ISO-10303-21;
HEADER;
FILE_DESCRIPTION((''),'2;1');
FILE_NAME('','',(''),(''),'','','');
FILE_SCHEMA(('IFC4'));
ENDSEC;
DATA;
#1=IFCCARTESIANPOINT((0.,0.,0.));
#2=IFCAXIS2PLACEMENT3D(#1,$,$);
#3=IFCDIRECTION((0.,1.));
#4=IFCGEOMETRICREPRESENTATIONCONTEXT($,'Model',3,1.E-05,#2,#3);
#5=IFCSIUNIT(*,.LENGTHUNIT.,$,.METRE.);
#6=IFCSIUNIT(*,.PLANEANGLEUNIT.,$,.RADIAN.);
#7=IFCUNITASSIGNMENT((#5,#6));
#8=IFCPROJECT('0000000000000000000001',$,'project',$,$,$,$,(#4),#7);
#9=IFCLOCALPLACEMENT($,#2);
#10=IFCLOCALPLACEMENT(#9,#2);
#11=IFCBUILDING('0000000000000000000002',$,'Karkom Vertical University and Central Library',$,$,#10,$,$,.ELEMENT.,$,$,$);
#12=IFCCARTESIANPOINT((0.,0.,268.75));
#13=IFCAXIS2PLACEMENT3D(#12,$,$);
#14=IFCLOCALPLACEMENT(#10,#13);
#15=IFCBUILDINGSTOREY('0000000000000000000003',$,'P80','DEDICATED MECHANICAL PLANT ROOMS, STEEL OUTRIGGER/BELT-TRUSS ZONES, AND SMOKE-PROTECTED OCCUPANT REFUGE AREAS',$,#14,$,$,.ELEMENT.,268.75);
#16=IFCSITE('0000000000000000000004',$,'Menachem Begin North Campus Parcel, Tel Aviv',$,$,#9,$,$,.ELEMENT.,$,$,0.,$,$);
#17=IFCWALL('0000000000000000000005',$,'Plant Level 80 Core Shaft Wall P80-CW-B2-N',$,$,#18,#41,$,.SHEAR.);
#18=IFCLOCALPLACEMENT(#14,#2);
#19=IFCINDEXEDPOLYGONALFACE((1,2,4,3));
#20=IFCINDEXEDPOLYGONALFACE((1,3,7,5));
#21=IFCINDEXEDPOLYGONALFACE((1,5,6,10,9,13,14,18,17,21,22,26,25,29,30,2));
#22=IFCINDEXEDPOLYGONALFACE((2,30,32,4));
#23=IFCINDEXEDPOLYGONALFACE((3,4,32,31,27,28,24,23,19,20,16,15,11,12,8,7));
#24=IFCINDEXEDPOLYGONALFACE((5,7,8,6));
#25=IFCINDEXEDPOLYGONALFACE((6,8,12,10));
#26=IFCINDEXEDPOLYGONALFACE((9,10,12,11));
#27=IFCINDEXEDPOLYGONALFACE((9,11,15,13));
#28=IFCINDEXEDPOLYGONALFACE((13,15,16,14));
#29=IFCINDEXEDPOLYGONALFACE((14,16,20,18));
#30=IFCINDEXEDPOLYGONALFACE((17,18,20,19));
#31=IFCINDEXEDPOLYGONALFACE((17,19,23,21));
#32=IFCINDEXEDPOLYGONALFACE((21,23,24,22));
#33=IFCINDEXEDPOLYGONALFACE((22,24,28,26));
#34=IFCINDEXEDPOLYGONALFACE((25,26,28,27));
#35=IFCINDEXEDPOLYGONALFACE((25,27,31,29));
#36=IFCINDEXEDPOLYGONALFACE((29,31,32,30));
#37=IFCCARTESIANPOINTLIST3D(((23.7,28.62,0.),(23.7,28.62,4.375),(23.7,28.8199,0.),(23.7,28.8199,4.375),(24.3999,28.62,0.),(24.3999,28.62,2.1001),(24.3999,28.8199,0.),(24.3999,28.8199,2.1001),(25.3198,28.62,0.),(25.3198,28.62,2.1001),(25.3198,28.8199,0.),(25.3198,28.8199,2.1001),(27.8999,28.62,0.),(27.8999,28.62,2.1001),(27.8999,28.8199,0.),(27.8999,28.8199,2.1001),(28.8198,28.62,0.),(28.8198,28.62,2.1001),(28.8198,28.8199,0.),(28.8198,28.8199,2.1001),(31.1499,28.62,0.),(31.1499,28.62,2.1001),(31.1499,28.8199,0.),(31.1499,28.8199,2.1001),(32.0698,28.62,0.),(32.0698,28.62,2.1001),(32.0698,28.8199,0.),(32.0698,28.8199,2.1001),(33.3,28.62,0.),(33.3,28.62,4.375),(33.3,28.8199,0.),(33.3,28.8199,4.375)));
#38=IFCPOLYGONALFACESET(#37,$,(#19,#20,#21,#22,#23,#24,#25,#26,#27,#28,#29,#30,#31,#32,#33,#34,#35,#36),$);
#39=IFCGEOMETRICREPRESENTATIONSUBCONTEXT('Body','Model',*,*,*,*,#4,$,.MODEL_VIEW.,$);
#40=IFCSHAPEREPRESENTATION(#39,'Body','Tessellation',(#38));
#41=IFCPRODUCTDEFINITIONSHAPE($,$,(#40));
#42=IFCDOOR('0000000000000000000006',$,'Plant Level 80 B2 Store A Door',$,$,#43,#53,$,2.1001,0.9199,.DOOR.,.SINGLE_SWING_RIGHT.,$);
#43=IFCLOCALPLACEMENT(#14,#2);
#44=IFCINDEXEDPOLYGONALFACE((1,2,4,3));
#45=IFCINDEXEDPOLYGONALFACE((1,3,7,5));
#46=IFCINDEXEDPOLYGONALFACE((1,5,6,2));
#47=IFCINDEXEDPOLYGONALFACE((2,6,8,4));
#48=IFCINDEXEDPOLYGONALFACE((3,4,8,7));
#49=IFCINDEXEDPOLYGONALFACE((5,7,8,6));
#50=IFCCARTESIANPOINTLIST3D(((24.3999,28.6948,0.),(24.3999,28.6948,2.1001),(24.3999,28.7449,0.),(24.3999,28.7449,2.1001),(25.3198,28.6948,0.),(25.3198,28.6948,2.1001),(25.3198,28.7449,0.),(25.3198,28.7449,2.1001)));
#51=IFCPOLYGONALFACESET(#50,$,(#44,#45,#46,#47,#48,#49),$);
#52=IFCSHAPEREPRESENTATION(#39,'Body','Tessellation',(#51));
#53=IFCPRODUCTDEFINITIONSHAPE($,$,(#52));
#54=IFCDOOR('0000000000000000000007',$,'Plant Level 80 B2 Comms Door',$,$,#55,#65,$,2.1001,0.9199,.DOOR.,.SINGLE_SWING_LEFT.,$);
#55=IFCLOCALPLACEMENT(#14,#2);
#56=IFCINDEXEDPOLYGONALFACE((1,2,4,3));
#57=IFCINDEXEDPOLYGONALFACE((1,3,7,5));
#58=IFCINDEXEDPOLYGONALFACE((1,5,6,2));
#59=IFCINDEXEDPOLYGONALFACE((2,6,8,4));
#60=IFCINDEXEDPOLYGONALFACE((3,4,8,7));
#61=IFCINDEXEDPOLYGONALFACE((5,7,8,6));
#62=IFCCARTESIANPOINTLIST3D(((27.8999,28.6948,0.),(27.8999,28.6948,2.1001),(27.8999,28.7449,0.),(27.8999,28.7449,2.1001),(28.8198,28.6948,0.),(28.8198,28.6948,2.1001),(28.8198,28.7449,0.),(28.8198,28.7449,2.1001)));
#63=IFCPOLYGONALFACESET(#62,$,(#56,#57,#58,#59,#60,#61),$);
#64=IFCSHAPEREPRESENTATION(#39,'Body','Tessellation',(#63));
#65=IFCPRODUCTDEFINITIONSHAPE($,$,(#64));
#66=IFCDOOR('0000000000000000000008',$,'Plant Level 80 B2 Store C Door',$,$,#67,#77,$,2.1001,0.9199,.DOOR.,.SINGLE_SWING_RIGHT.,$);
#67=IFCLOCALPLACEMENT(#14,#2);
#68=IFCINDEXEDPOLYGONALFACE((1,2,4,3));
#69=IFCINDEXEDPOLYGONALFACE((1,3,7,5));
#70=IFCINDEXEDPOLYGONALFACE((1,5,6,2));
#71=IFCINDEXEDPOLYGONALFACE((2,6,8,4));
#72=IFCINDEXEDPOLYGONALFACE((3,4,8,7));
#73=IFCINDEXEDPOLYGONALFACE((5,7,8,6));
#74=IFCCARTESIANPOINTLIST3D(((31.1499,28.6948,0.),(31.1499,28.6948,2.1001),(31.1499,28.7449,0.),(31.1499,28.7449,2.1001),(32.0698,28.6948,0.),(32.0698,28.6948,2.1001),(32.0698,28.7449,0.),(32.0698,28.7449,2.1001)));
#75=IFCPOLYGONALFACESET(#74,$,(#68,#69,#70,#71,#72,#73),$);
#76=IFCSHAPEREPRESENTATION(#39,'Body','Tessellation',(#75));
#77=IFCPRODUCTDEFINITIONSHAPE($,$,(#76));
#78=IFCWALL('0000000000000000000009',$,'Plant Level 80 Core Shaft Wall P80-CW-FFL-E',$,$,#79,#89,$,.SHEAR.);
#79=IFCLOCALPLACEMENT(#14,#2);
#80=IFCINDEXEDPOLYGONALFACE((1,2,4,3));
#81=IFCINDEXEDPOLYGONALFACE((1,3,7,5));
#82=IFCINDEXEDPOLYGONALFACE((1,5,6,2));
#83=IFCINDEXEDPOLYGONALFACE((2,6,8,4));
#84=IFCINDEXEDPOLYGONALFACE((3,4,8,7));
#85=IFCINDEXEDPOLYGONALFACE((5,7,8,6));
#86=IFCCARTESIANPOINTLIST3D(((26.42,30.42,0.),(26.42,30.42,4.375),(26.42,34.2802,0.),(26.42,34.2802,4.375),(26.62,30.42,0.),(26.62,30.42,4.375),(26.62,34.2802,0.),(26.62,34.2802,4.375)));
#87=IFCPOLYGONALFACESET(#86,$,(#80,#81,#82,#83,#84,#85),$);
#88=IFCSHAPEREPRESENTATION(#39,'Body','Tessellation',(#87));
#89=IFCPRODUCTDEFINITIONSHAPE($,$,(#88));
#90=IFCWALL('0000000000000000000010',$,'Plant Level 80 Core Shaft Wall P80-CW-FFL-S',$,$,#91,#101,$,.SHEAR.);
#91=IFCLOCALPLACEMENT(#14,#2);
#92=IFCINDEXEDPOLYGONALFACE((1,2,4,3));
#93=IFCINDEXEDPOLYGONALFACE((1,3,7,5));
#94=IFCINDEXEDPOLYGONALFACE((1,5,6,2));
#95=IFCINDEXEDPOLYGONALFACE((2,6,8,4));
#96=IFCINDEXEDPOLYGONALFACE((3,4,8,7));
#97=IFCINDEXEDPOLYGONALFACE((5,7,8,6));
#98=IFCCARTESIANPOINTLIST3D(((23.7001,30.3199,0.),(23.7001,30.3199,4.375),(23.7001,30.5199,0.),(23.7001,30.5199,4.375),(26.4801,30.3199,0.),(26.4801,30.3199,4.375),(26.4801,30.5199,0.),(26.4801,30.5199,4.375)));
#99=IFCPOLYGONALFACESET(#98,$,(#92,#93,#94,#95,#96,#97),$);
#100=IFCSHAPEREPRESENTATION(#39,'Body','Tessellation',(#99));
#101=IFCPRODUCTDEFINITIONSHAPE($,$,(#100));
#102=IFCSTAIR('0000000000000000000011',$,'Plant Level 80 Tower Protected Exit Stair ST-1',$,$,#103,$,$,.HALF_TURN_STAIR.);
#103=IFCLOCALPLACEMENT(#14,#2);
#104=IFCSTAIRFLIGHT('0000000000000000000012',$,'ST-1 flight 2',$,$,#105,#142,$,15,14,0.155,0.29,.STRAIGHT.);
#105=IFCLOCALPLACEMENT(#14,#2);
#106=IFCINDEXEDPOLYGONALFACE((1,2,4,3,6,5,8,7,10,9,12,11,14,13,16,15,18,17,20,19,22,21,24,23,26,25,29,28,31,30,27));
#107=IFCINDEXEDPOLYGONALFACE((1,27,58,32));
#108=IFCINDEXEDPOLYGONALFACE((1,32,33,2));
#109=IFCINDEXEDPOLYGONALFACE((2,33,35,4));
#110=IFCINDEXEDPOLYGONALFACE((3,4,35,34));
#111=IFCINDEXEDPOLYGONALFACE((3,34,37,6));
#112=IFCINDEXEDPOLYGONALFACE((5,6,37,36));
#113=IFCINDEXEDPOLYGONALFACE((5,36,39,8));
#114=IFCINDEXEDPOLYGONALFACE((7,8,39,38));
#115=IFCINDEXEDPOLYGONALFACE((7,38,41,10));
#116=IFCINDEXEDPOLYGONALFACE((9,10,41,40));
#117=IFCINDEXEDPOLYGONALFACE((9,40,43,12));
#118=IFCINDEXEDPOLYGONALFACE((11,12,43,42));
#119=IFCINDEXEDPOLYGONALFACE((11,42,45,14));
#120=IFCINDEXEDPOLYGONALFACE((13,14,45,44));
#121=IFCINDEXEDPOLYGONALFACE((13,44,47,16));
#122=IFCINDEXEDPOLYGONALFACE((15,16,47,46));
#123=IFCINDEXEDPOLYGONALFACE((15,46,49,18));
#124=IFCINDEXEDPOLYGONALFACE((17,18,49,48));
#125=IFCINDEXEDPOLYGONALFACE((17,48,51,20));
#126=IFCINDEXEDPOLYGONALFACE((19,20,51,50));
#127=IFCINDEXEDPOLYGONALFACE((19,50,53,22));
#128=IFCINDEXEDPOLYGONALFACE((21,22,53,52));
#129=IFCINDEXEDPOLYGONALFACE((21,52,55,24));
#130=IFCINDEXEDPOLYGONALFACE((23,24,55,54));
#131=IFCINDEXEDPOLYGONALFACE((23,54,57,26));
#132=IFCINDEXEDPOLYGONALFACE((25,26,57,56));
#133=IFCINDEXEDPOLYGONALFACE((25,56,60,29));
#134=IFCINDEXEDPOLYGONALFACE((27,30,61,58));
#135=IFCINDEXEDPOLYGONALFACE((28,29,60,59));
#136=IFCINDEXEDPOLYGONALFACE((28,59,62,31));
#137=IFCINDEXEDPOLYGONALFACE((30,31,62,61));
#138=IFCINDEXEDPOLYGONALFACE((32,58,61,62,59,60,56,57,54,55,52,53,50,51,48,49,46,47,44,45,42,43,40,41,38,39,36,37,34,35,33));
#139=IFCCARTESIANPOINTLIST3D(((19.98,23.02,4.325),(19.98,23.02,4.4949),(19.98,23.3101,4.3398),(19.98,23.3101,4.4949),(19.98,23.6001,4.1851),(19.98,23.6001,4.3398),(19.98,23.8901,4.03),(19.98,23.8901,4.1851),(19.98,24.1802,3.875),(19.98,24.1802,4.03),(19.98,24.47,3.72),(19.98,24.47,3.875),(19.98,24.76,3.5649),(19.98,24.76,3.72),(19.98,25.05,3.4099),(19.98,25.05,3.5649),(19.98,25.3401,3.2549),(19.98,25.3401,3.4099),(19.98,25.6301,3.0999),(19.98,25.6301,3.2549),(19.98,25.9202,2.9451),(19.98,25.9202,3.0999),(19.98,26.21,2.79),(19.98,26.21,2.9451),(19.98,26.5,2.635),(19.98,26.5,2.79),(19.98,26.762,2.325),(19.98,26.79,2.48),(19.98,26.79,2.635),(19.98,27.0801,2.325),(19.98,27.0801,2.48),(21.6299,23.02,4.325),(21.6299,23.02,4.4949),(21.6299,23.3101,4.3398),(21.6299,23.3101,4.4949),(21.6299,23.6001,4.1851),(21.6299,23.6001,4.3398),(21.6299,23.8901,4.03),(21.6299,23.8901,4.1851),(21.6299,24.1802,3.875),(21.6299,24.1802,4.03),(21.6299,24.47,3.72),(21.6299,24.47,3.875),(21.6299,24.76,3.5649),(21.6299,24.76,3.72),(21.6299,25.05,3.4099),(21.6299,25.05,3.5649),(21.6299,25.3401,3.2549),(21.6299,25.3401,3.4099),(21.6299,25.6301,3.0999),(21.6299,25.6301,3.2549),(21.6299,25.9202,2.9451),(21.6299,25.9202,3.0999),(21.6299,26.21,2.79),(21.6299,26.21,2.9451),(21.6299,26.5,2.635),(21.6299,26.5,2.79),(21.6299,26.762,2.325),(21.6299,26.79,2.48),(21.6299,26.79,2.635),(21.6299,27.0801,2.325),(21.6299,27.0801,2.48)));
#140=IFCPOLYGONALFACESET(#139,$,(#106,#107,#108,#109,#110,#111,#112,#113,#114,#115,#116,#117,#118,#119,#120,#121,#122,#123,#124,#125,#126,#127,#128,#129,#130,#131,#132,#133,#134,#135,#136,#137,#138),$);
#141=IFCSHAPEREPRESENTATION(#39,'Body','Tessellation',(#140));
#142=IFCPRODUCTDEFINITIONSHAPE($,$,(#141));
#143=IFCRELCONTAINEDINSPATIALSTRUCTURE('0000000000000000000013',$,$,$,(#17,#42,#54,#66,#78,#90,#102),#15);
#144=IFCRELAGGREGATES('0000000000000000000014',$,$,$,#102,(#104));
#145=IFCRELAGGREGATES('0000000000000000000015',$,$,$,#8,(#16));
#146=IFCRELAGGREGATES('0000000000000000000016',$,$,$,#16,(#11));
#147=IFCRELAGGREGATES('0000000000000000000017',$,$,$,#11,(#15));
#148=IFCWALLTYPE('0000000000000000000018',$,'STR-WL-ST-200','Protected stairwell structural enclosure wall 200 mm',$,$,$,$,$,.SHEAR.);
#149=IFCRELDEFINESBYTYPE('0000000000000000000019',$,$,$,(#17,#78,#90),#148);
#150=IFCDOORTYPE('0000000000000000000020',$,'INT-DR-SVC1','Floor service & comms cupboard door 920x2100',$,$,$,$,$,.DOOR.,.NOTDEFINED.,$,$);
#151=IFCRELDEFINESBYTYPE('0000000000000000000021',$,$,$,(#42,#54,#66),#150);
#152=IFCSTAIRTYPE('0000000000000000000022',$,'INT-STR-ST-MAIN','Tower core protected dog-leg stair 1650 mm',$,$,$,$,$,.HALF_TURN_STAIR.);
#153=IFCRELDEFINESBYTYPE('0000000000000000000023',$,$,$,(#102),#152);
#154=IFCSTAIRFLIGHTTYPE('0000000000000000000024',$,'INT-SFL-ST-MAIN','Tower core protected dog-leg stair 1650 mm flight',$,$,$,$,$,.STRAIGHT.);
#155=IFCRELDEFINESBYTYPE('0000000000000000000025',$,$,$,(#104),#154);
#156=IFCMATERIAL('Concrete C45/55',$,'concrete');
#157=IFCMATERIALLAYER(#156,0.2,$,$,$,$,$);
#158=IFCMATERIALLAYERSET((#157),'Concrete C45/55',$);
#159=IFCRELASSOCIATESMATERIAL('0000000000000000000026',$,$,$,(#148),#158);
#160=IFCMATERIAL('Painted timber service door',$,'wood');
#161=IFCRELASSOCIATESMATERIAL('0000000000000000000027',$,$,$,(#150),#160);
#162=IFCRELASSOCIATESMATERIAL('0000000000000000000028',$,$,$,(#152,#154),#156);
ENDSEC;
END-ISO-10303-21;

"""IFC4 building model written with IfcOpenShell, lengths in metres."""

from ifc_helpers import new_model, si_unit, direction, frame, frame_2d, origin, origin_with_axes, place, context, subcontext, project, spatial, polyline, rectangle, outline, extrude, source, transform, mapped, material, layer, layer_set, type_object, element, fill, aggregate, save


model = new_model("IFC4")

# Units and contexts
model_context = context("Model", 3, precision=1e-05, world=origin(), true_north=direction((0.0, 1.0)))
body_context = subcontext(model_context, "Body", "Model", "MODEL_VIEW")
ifc_project = project(units=[si_unit("LENGTHUNIT", "METRE"), si_unit("PLANEANGLEUNIT", "RADIAN")], contexts=[model_context])

# Site, building, storey
site_placement = place(None, origin())
site = spatial("IfcSite", under=ifc_project, at=site_placement, Name="Menachem Begin North Campus Parcel, Tel Aviv", CompositionType="ELEMENT", RefElevation=0.0)
building_placement = place(site_placement, origin())
building = spatial("IfcBuilding", under=site, at=building_placement, Name="Karkom Vertical University and Central Library", CompositionType="ELEMENT")
storey_placement = place(building_placement, frame((0.0, 0.0, 268.75)))
storey = spatial("IfcBuildingStorey", under=building, at=storey_placement, Name="P80", Description="DEDICATED MECHANICAL PLANT ROOMS, STEEL OUTRIGGER/BELT-TRUSS ZONES, AND SMOKE-PROTECTED OCCUPANT REFUGE AREAS", CompositionType="ELEMENT", Elevation=268.75)

# Shared definitions
ifc_material_1 = material(Name="Concrete C45/55", Category="concrete")

# Shared definitions
ifc_layer_1 = layer(ifc_material_1, 0.2)
ifc_layer_set_1 = layer_set([ifc_layer_1], Name="Concrete C45/55")
wall_type_1 = type_object("IfcWallType", Name="STR-WL-ST-200", Description="Protected stairwell structural enclosure wall 200 mm", PredefinedType="SHEAR", material=ifc_layer_set_1)
ifc_material_2 = material(Name="Painted timber service door", Category="wood")
door_type_1 = type_object("IfcDoorType", Name="INT-DR-SVC1", Description="Floor service & comms cupboard door 920x2100", OperationType="NOTDEFINED", PredefinedType="DOOR", material=ifc_material_2)
shared_shape_1 = source(origin_with_axes(), body_context, "Body", "SweptSolid", [
    extrude(rectangle(XDim=0.9199, YDim=2.1001, at=frame_2d((0.46, 1.05))), frame((0.0, 0.0249, 0.0), z_axis=(0.0, -1.0, 0.0), x_axis=(1.0, 0.0, 0.0)), (0.0, 0.0, 1.0), 0.05),
])

# Wall, openings, doors
wall_1_placement = place(storey_placement, frame((23.7, 28.72, 0.0), z_axis=(0.0, 0.0, 1.0), x_axis=(1.0, 0.0, 0.0)))
wall_1 = element("IfcWall", 1, at=wall_1_placement, inside=storey, type_object=wall_type_1, Name="Plant Level 80 Core Shaft Wall P80-CW-B2-N", PredefinedType="SHEAR", context=body_context, shape_type="SweptSolid", body=[
    extrude(rectangle(XDim=9.6001, YDim=0.2, at=frame_2d((4.8, 0.0))), origin(), (0.0, 0.0, 1.0), 4.375),
])
opening_1_placement = place(wall_1_placement, frame((0.7, 0.0, 0.0)))
opening_1 = element("IfcOpeningElement", 2, at=opening_1_placement, cuts=wall_1, PredefinedType="OPENING", context=body_context, shape_type="SweptSolid", body=[
    extrude(rectangle(XDim=0.9199, YDim=2.1001, at=frame_2d((0.46, 1.05))), frame((0.0, 0.1099, 0.0), z_axis=(0.0, -1.0, 0.0), x_axis=(1.0, 0.0, 0.0)), (0.0, 0.0, 1.0), 0.22),
])
opening_2_placement = place(wall_1_placement, frame((4.2, 0.0, 0.0)))
opening_2 = element("IfcOpeningElement", 3, at=opening_2_placement, cuts=wall_1, PredefinedType="OPENING", context=body_context, shape_type="SweptSolid", body=[
    extrude(rectangle(XDim=0.9199, YDim=2.1001, at=frame_2d((0.46, 1.05))), frame((0.0, 0.1099, 0.0), z_axis=(0.0, -1.0, 0.0), x_axis=(1.0, 0.0, 0.0)), (0.0, 0.0, 1.0), 0.22),
])
opening_3_placement = place(wall_1_placement, frame((7.45, 0.0, 0.0)))
opening_3 = element("IfcOpeningElement", 4, at=opening_3_placement, cuts=wall_1, PredefinedType="OPENING", context=body_context, shape_type="SweptSolid", body=[
    extrude(rectangle(XDim=0.9199, YDim=2.1001, at=frame_2d((0.46, 1.05))), frame((0.0, 0.1099, 0.0), z_axis=(0.0, -1.0, 0.0), x_axis=(1.0, 0.0, 0.0)), (0.0, 0.0, 1.0), 0.22),
])
door_1_placement = place(opening_1_placement, origin())
door_1 = element("IfcDoor", 5, at=door_1_placement, inside=storey, type_object=door_type_1, Name="Plant Level 80 B2 Store A Door", OperationType="SINGLE_SWING_RIGHT", OverallHeight=2.1001, OverallWidth=0.9199, PredefinedType="DOOR", context=body_context, shape_type="MappedRepresentation", body=[
    mapped(shared_shape_1, transform((0.0, 0.0, 0.0), scale=1.0)),
])
fill(opening_1, door_1)
door_2_placement = place(opening_2_placement, origin())
door_2 = element("IfcDoor", 6, at=door_2_placement, inside=storey, type_object=door_type_1, Name="Plant Level 80 B2 Comms Door", OperationType="SINGLE_SWING_LEFT", OverallHeight=2.1001, OverallWidth=0.9199, PredefinedType="DOOR", context=body_context, shape_type="MappedRepresentation", body=[
    mapped(shared_shape_1, transform((0.0, 0.0, 0.0), scale=1.0)),
])
fill(opening_2, door_2)
door_3_placement = place(opening_3_placement, origin())
door_3 = element("IfcDoor", 7, at=door_3_placement, inside=storey, type_object=door_type_1, Name="Plant Level 80 B2 Store C Door", OperationType="SINGLE_SWING_RIGHT", OverallHeight=2.1001, OverallWidth=0.9199, PredefinedType="DOOR", context=body_context, shape_type="MappedRepresentation", body=[
    mapped(shared_shape_1, transform((0.0, 0.0, 0.0), scale=1.0)),
])
fill(opening_3, door_3)

# Walls
wall_2_placement = place(storey_placement, frame((26.52, 30.4199, 0.0), z_axis=(0.0, 0.0, 1.0), x_axis=(0.0, 1.0, 0.0)))
element("IfcWall", 8, at=wall_2_placement, inside=storey, type_object=wall_type_1, Name="Plant Level 80 Core Shaft Wall P80-CW-FFL-E", PredefinedType="SHEAR", context=body_context, shape_type="SweptSolid", body=[
    extrude(rectangle(XDim=3.8601, YDim=0.2, at=frame_2d((1.9302, 0.0))), origin(), (0.0, 0.0, 1.0), 4.375),
])
wall_3_placement = place(storey_placement, frame((23.7, 30.4199, 0.0), z_axis=(0.0, 0.0, 1.0), x_axis=(1.0, 0.0, 0.0)))
element("IfcWall", 9, at=wall_3_placement, inside=storey, type_object=wall_type_1, Name="Plant Level 80 Core Shaft Wall P80-CW-FFL-S", PredefinedType="SHEAR", context=body_context, shape_type="SweptSolid", body=[
    extrude(rectangle(XDim=2.78, YDim=0.2, at=frame_2d((1.3901, 0.0))), origin(), (0.0, 0.0, 1.0), 4.375),
])

# Stair, stair flight
stair_type = type_object("IfcStairType", Name="INT-STR-ST-MAIN", Description="Tower core protected dog-leg stair 1650 mm", PredefinedType="HALF_TURN_STAIR", material=ifc_material_1)
stair_placement = place(storey_placement, origin())
stair = element("IfcStair", 10, at=stair_placement, inside=storey, type_object=stair_type, Name="Plant Level 80 Tower Protected Exit Stair ST-1", PredefinedType="HALF_TURN_STAIR")
stair_flight_type = type_object("IfcStairFlightType", Name="INT-SFL-ST-MAIN", Description="Tower core protected dog-leg stair 1650 mm flight", PredefinedType="STRAIGHT", material=ifc_material_1)
stair_flight_placement = place(storey_placement, frame((20.8049, 27.0801, 2.325), z_axis=(0.0, 0.0, 1.0), x_axis=(0.0, -1.0, 0.0)))
stair_flight = element("IfcStairFlight", 11, at=stair_flight_placement, type_object=stair_flight_type, Name="ST-1 flight 2", NumberOfRisers=15, NumberOfTreads=14, PredefinedType="STRAIGHT", RiserHeight=0.155, TreadLength=0.29, context=body_context, shape_type="SweptSolid", body=[
    extrude(outline(polyline([(0.0, 0.0), (0.0, 0.155), (0.29, 0.155), (0.29, 0.3101), (0.5801, 0.3101), (0.5801, 0.4651), (0.8701, 0.4651), (0.8701, 0.6201), (1.1599, 0.6201), (1.1599, 0.7749), (1.45, 0.7749), (1.45, 0.9299), (1.74, 0.9299), (1.74, 1.085), (2.03, 1.085), (2.03, 1.24), (2.3201, 1.24), (2.3201, 1.395), (2.6101, 1.395), (2.6101, 1.55), (2.8999, 1.55), (2.8999, 1.7051), (3.1899, 1.7051), (3.1899, 1.8601), (3.48, 1.8601), (3.48, 2.0149), (3.77, 2.0149), (3.77, 2.1699), (4.0601, 2.1699), (4.0601, 2.325), (4.0601, 2.0), (0.3181, 0.0), (0.0, 0.0)])), frame((0.0, 0.825, 0.0), z_axis=(0.0, -1.0, 0.0), x_axis=(1.0, 0.0, 0.0)), (0.0, 0.0, 1.0), 1.6499),
])
aggregate(stair, [stair_flight])

save(model, "model.ifc")
